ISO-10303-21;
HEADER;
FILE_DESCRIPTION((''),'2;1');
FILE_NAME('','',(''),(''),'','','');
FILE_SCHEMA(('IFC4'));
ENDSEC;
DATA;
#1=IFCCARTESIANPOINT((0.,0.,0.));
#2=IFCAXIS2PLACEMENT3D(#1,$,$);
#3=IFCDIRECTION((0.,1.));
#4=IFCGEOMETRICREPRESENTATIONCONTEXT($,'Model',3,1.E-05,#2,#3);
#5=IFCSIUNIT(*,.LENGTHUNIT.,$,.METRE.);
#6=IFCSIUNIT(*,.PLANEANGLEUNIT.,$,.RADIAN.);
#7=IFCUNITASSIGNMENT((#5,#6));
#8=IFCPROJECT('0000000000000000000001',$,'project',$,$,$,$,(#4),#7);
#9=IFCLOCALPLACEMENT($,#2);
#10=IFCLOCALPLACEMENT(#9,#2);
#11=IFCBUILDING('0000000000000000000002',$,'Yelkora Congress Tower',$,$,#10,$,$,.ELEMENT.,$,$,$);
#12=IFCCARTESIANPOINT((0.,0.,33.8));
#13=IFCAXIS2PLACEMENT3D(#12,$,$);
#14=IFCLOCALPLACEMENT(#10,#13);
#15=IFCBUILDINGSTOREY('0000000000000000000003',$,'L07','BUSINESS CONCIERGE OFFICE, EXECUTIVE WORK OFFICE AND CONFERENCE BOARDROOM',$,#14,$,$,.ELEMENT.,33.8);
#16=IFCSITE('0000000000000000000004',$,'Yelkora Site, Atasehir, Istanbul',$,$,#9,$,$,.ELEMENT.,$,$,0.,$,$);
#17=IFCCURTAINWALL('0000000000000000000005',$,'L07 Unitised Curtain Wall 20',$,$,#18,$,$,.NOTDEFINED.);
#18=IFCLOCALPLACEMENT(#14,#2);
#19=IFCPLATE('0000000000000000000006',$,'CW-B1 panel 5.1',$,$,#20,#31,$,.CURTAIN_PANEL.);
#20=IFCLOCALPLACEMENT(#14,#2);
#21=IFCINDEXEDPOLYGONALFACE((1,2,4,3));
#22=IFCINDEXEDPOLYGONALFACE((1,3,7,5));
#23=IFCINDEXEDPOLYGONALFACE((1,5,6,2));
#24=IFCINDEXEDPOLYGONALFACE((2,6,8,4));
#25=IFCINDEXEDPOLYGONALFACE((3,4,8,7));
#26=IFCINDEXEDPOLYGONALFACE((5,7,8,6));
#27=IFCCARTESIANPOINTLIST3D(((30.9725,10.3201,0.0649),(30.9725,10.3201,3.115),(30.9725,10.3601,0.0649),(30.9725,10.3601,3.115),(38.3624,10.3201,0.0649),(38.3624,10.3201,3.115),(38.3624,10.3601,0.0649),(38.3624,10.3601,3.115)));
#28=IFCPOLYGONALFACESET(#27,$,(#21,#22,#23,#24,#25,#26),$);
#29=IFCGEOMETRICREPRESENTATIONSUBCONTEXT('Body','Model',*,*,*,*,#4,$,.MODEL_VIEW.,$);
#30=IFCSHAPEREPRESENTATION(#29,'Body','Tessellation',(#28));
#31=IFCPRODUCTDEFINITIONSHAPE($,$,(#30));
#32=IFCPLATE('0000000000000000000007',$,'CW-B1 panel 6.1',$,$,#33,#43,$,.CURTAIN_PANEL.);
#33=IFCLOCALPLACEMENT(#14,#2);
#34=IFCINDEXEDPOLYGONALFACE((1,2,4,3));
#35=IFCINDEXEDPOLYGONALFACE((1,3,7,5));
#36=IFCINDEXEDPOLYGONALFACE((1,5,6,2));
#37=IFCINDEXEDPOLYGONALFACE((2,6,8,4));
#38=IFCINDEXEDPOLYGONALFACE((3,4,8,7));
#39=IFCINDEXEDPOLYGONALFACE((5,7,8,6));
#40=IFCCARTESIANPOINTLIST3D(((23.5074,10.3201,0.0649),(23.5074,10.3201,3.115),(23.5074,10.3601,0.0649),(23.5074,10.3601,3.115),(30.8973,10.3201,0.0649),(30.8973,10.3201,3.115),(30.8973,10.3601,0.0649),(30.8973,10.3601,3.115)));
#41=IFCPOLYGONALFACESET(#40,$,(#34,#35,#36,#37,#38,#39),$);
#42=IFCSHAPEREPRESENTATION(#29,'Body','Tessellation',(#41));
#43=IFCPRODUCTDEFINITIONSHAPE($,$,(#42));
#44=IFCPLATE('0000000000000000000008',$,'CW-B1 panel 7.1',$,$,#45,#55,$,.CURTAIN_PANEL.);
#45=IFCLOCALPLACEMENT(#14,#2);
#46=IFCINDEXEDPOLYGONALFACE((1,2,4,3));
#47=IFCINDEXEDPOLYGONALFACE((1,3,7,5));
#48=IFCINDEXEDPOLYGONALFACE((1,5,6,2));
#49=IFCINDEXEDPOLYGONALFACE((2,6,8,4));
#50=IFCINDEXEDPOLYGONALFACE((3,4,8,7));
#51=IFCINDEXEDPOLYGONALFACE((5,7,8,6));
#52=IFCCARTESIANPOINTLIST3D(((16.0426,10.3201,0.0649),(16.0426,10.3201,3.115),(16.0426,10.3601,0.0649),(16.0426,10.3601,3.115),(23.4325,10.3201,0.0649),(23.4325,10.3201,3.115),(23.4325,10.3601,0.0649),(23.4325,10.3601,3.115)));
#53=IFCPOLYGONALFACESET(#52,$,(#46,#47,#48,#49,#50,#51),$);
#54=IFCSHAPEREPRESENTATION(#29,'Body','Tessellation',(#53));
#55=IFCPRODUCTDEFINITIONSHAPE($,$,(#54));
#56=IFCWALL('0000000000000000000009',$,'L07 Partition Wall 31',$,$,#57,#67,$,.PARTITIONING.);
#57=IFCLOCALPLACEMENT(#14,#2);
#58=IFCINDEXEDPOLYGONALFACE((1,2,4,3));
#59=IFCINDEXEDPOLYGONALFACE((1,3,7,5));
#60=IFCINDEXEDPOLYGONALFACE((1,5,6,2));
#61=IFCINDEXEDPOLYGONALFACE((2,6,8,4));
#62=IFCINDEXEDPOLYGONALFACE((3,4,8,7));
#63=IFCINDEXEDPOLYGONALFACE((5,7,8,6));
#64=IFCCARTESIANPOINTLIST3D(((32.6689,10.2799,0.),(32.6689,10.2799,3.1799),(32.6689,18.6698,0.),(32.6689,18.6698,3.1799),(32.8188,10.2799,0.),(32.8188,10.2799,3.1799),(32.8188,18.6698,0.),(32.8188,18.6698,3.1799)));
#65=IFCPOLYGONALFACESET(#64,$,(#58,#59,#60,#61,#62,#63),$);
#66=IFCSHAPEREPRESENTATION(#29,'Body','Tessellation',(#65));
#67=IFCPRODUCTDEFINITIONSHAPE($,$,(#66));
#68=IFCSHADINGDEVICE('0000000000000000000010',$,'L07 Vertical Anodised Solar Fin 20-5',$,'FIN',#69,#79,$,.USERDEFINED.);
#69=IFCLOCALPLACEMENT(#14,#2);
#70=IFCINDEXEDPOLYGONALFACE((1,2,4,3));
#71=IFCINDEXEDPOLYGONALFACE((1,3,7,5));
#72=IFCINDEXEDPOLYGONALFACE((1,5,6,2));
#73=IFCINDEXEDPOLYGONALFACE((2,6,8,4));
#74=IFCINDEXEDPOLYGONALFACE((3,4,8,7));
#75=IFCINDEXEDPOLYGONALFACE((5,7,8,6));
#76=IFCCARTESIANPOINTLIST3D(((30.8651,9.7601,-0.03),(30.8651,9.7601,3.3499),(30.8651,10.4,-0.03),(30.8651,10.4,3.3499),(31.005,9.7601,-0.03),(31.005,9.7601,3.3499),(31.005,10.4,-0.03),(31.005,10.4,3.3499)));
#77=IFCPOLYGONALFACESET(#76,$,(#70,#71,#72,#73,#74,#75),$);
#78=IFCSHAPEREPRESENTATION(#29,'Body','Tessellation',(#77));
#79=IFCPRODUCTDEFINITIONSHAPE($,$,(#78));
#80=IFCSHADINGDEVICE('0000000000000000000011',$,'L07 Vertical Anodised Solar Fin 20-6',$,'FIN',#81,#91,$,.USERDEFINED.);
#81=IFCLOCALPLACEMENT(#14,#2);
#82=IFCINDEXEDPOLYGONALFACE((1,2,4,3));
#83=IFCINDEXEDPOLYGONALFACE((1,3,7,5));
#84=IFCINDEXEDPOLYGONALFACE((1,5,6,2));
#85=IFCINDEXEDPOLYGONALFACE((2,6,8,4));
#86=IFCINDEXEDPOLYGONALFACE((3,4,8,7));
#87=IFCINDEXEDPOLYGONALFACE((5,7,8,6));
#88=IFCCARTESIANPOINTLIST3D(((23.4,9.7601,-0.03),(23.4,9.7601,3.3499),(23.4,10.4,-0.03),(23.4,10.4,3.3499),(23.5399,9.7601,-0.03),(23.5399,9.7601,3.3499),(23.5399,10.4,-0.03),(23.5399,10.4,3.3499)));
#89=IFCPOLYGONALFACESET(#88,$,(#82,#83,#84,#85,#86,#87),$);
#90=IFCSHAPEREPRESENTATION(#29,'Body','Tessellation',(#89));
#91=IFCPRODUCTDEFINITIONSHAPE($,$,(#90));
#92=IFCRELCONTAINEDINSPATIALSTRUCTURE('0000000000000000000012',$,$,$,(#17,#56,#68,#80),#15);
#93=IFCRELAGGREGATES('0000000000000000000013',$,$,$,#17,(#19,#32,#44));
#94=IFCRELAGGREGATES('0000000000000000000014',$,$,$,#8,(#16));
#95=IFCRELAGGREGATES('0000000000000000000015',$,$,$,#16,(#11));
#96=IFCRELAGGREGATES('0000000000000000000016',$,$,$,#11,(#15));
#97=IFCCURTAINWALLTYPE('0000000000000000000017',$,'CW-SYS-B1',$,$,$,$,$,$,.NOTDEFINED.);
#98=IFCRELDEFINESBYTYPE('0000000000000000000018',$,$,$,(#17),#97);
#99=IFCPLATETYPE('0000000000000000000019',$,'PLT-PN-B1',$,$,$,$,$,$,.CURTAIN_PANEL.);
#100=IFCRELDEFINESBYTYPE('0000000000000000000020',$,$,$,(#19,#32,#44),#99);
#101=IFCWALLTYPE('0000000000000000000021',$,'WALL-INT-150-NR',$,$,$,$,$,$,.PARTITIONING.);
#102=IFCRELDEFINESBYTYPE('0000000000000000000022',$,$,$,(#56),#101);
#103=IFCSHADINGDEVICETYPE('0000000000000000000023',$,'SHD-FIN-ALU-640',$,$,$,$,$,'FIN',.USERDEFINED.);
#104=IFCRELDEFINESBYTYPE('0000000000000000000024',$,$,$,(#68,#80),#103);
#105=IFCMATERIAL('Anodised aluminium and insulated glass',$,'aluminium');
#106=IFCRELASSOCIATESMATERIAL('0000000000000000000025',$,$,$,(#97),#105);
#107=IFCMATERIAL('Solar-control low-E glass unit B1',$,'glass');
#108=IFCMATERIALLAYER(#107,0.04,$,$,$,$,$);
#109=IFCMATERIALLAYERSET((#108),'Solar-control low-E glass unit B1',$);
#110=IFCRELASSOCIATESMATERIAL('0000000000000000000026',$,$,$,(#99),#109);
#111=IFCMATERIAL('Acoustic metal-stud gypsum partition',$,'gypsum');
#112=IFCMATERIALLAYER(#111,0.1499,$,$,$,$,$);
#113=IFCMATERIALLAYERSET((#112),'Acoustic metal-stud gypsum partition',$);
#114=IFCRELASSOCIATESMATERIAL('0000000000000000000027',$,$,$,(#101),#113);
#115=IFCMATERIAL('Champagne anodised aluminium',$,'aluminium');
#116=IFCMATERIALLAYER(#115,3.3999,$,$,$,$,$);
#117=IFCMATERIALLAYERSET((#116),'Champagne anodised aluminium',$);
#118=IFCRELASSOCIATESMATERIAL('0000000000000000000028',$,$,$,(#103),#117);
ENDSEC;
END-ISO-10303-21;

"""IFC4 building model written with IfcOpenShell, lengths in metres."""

from ifc_helpers import new_model, si_unit, direction, frame, frame_2d, origin, origin_2d, place, context, subcontext, project, spatial, rectangle, extrude, material, layer, layer_set, type_object, element, aggregate, save


model = new_model("IFC4")

# Units and contexts
model_context = context("Model", 3, precision=1e-05, world=origin(), true_north=direction((0.0, 1.0)))
body_context = subcontext(model_context, "Body", "Model", "MODEL_VIEW")
ifc_project = project(units=[si_unit("LENGTHUNIT", "METRE"), si_unit("PLANEANGLEUNIT", "RADIAN")], contexts=[model_context])

# Site, building, storey
site_placement = place(None, origin())
site = spatial("IfcSite", under=ifc_project, at=site_placement, Name="Yelkora Site, Atasehir, Istanbul", CompositionType="ELEMENT", RefElevation=0.0)
building_placement = place(site_placement, origin())
building = spatial("IfcBuilding", under=site, at=building_placement, Name="Yelkora Congress Tower", CompositionType="ELEMENT")
storey_placement = place(building_placement, frame((0.0, 0.0, 33.8)))
storey = spatial("IfcBuildingStorey", under=building, at=storey_placement, Name="L07", Description="BUSINESS CONCIERGE OFFICE, EXECUTIVE WORK OFFICE AND CONFERENCE BOARDROOM", CompositionType="ELEMENT", Elevation=33.8)

# Curtain wall, plates
ifc_material_1 = material(Name="Anodised aluminium and insulated glass", Category="aluminium")
curtain_wall_type = type_object("IfcCurtainWallType", Name="CW-SYS-B1", PredefinedType="NOTDEFINED", material=ifc_material_1)
curtain_wall_placement = place(storey_placement, origin())
curtain_wall = element("IfcCurtainWall", 1, at=curtain_wall_placement, inside=storey, type_object=curtain_wall_type, Name="L07 Unitised Curtain Wall 20", PredefinedType="NOTDEFINED")
ifc_material_2 = material(Name="Solar-control low-E glass unit B1", Category="glass")
ifc_layer_1 = layer(ifc_material_2, 0.04)
ifc_layer_set_1 = layer_set([ifc_layer_1], Name="Solar-control low-E glass unit B1")
plate_type = type_object("IfcPlateType", Name="PLT-PN-B1", PredefinedType="CURTAIN_PANEL", material=ifc_layer_set_1)
plate_1_placement = place(storey_placement, frame((34.6675, 10.3401, 0.0649), z_axis=(0.0, 0.0, 1.0), x_axis=(-1.0, 0.0, 0.0)))
plate_1 = element("IfcPlate", 2, at=plate_1_placement, type_object=plate_type, Name="CW-B1 panel 5.1", PredefinedType="CURTAIN_PANEL", context=body_context, shape_type="SweptSolid", body=[
    extrude(rectangle(XDim=7.3899, YDim=0.04, at=origin_2d()), origin(), (0.0, 0.0, 1.0), 3.05),
])
plate_2_placement = place(storey_placement, frame((27.2024, 10.3401, 0.0649), z_axis=(0.0, 0.0, 1.0), x_axis=(-1.0, 0.0, 0.0)))
plate_2 = element("IfcPlate", 3, at=plate_2_placement, type_object=plate_type, Name="CW-B1 panel 6.1", PredefinedType="CURTAIN_PANEL", context=body_context, shape_type="SweptSolid", body=[
    extrude(rectangle(XDim=7.3899, YDim=0.04, at=origin_2d()), origin(), (0.0, 0.0, 1.0), 3.05),
])
plate_3_placement = place(storey_placement, frame((19.7375, 10.3401, 0.0649), z_axis=(0.0, 0.0, 1.0), x_axis=(-1.0, 0.0, 0.0)))
plate_3 = element("IfcPlate", 4, at=plate_3_placement, type_object=plate_type, Name="CW-B1 panel 7.1", PredefinedType="CURTAIN_PANEL", context=body_context, shape_type="SweptSolid", body=[
    extrude(rectangle(XDim=7.3899, YDim=0.04, at=origin_2d()), origin(), (0.0, 0.0, 1.0), 3.05),
])
aggregate(curtain_wall, [plate_1, plate_2, plate_3])

# Wall
ifc_material_3 = material(Name="Acoustic metal-stud gypsum partition", Category="gypsum")
ifc_layer_2 = layer(ifc_material_3, 0.1499)
ifc_layer_set_2 = layer_set([ifc_layer_2], Name="Acoustic metal-stud gypsum partition")
wall_type = type_object("IfcWallType", Name="WALL-INT-150-NR", PredefinedType="PARTITIONING", material=ifc_layer_set_2)
wall_placement = place(storey_placement, frame((32.7439, 10.28, 0.0), z_axis=(0.0, 0.0, 1.0), x_axis=(0.0, 1.0, 0.0)))
element("IfcWall", 5, at=wall_placement, inside=storey, type_object=wall_type, Name="L07 Partition Wall 31", PredefinedType="PARTITIONING", context=body_context, shape_type="SweptSolid", body=[
    extrude(rectangle(XDim=8.3899, YDim=0.1499, at=frame_2d((4.1948, 0.0))), origin(), (0.0, 0.0, 1.0), 3.1799),
])

# Shading devices
ifc_material_4 = material(Name="Champagne anodised aluminium", Category="aluminium")
ifc_layer_3 = layer(ifc_material_4, 3.3999)
ifc_layer_set_3 = layer_set([ifc_layer_3], Name="Champagne anodised aluminium")
shading_device_type = type_object("IfcShadingDeviceType", Name="SHD-FIN-ALU-640", ElementType="FIN", PredefinedType="USERDEFINED", material=ifc_layer_set_3)
for number, where, z_axis, x_axis, name in (
    (6, (30.9351, 10.0801, -0.03), (0.0, 0.0, 1.0), (-1.0, 0.0, 0.0), "L07 Vertical Anodised Solar Fin 20-5"),
    (7, (23.47, 10.0801, -0.03), (0.0, 0.0, 1.0), (-1.0, 0.0, 0.0), "L07 Vertical Anodised Solar Fin 20-6"),
):
    element("IfcShadingDevice", number, at=place(storey_placement, frame(where, z_axis=z_axis, x_axis=x_axis)), inside=storey, type_object=shading_device_type, Name=name, ObjectType="FIN", PredefinedType="USERDEFINED", context=body_context, shape_type="SweptSolid", body=[
        extrude(rectangle(XDim=0.1399, YDim=0.6399, at=origin_2d()), origin(), (0.0, 0.0, 1.0), 3.3799),
    ])

save(model, "model.ifc")
